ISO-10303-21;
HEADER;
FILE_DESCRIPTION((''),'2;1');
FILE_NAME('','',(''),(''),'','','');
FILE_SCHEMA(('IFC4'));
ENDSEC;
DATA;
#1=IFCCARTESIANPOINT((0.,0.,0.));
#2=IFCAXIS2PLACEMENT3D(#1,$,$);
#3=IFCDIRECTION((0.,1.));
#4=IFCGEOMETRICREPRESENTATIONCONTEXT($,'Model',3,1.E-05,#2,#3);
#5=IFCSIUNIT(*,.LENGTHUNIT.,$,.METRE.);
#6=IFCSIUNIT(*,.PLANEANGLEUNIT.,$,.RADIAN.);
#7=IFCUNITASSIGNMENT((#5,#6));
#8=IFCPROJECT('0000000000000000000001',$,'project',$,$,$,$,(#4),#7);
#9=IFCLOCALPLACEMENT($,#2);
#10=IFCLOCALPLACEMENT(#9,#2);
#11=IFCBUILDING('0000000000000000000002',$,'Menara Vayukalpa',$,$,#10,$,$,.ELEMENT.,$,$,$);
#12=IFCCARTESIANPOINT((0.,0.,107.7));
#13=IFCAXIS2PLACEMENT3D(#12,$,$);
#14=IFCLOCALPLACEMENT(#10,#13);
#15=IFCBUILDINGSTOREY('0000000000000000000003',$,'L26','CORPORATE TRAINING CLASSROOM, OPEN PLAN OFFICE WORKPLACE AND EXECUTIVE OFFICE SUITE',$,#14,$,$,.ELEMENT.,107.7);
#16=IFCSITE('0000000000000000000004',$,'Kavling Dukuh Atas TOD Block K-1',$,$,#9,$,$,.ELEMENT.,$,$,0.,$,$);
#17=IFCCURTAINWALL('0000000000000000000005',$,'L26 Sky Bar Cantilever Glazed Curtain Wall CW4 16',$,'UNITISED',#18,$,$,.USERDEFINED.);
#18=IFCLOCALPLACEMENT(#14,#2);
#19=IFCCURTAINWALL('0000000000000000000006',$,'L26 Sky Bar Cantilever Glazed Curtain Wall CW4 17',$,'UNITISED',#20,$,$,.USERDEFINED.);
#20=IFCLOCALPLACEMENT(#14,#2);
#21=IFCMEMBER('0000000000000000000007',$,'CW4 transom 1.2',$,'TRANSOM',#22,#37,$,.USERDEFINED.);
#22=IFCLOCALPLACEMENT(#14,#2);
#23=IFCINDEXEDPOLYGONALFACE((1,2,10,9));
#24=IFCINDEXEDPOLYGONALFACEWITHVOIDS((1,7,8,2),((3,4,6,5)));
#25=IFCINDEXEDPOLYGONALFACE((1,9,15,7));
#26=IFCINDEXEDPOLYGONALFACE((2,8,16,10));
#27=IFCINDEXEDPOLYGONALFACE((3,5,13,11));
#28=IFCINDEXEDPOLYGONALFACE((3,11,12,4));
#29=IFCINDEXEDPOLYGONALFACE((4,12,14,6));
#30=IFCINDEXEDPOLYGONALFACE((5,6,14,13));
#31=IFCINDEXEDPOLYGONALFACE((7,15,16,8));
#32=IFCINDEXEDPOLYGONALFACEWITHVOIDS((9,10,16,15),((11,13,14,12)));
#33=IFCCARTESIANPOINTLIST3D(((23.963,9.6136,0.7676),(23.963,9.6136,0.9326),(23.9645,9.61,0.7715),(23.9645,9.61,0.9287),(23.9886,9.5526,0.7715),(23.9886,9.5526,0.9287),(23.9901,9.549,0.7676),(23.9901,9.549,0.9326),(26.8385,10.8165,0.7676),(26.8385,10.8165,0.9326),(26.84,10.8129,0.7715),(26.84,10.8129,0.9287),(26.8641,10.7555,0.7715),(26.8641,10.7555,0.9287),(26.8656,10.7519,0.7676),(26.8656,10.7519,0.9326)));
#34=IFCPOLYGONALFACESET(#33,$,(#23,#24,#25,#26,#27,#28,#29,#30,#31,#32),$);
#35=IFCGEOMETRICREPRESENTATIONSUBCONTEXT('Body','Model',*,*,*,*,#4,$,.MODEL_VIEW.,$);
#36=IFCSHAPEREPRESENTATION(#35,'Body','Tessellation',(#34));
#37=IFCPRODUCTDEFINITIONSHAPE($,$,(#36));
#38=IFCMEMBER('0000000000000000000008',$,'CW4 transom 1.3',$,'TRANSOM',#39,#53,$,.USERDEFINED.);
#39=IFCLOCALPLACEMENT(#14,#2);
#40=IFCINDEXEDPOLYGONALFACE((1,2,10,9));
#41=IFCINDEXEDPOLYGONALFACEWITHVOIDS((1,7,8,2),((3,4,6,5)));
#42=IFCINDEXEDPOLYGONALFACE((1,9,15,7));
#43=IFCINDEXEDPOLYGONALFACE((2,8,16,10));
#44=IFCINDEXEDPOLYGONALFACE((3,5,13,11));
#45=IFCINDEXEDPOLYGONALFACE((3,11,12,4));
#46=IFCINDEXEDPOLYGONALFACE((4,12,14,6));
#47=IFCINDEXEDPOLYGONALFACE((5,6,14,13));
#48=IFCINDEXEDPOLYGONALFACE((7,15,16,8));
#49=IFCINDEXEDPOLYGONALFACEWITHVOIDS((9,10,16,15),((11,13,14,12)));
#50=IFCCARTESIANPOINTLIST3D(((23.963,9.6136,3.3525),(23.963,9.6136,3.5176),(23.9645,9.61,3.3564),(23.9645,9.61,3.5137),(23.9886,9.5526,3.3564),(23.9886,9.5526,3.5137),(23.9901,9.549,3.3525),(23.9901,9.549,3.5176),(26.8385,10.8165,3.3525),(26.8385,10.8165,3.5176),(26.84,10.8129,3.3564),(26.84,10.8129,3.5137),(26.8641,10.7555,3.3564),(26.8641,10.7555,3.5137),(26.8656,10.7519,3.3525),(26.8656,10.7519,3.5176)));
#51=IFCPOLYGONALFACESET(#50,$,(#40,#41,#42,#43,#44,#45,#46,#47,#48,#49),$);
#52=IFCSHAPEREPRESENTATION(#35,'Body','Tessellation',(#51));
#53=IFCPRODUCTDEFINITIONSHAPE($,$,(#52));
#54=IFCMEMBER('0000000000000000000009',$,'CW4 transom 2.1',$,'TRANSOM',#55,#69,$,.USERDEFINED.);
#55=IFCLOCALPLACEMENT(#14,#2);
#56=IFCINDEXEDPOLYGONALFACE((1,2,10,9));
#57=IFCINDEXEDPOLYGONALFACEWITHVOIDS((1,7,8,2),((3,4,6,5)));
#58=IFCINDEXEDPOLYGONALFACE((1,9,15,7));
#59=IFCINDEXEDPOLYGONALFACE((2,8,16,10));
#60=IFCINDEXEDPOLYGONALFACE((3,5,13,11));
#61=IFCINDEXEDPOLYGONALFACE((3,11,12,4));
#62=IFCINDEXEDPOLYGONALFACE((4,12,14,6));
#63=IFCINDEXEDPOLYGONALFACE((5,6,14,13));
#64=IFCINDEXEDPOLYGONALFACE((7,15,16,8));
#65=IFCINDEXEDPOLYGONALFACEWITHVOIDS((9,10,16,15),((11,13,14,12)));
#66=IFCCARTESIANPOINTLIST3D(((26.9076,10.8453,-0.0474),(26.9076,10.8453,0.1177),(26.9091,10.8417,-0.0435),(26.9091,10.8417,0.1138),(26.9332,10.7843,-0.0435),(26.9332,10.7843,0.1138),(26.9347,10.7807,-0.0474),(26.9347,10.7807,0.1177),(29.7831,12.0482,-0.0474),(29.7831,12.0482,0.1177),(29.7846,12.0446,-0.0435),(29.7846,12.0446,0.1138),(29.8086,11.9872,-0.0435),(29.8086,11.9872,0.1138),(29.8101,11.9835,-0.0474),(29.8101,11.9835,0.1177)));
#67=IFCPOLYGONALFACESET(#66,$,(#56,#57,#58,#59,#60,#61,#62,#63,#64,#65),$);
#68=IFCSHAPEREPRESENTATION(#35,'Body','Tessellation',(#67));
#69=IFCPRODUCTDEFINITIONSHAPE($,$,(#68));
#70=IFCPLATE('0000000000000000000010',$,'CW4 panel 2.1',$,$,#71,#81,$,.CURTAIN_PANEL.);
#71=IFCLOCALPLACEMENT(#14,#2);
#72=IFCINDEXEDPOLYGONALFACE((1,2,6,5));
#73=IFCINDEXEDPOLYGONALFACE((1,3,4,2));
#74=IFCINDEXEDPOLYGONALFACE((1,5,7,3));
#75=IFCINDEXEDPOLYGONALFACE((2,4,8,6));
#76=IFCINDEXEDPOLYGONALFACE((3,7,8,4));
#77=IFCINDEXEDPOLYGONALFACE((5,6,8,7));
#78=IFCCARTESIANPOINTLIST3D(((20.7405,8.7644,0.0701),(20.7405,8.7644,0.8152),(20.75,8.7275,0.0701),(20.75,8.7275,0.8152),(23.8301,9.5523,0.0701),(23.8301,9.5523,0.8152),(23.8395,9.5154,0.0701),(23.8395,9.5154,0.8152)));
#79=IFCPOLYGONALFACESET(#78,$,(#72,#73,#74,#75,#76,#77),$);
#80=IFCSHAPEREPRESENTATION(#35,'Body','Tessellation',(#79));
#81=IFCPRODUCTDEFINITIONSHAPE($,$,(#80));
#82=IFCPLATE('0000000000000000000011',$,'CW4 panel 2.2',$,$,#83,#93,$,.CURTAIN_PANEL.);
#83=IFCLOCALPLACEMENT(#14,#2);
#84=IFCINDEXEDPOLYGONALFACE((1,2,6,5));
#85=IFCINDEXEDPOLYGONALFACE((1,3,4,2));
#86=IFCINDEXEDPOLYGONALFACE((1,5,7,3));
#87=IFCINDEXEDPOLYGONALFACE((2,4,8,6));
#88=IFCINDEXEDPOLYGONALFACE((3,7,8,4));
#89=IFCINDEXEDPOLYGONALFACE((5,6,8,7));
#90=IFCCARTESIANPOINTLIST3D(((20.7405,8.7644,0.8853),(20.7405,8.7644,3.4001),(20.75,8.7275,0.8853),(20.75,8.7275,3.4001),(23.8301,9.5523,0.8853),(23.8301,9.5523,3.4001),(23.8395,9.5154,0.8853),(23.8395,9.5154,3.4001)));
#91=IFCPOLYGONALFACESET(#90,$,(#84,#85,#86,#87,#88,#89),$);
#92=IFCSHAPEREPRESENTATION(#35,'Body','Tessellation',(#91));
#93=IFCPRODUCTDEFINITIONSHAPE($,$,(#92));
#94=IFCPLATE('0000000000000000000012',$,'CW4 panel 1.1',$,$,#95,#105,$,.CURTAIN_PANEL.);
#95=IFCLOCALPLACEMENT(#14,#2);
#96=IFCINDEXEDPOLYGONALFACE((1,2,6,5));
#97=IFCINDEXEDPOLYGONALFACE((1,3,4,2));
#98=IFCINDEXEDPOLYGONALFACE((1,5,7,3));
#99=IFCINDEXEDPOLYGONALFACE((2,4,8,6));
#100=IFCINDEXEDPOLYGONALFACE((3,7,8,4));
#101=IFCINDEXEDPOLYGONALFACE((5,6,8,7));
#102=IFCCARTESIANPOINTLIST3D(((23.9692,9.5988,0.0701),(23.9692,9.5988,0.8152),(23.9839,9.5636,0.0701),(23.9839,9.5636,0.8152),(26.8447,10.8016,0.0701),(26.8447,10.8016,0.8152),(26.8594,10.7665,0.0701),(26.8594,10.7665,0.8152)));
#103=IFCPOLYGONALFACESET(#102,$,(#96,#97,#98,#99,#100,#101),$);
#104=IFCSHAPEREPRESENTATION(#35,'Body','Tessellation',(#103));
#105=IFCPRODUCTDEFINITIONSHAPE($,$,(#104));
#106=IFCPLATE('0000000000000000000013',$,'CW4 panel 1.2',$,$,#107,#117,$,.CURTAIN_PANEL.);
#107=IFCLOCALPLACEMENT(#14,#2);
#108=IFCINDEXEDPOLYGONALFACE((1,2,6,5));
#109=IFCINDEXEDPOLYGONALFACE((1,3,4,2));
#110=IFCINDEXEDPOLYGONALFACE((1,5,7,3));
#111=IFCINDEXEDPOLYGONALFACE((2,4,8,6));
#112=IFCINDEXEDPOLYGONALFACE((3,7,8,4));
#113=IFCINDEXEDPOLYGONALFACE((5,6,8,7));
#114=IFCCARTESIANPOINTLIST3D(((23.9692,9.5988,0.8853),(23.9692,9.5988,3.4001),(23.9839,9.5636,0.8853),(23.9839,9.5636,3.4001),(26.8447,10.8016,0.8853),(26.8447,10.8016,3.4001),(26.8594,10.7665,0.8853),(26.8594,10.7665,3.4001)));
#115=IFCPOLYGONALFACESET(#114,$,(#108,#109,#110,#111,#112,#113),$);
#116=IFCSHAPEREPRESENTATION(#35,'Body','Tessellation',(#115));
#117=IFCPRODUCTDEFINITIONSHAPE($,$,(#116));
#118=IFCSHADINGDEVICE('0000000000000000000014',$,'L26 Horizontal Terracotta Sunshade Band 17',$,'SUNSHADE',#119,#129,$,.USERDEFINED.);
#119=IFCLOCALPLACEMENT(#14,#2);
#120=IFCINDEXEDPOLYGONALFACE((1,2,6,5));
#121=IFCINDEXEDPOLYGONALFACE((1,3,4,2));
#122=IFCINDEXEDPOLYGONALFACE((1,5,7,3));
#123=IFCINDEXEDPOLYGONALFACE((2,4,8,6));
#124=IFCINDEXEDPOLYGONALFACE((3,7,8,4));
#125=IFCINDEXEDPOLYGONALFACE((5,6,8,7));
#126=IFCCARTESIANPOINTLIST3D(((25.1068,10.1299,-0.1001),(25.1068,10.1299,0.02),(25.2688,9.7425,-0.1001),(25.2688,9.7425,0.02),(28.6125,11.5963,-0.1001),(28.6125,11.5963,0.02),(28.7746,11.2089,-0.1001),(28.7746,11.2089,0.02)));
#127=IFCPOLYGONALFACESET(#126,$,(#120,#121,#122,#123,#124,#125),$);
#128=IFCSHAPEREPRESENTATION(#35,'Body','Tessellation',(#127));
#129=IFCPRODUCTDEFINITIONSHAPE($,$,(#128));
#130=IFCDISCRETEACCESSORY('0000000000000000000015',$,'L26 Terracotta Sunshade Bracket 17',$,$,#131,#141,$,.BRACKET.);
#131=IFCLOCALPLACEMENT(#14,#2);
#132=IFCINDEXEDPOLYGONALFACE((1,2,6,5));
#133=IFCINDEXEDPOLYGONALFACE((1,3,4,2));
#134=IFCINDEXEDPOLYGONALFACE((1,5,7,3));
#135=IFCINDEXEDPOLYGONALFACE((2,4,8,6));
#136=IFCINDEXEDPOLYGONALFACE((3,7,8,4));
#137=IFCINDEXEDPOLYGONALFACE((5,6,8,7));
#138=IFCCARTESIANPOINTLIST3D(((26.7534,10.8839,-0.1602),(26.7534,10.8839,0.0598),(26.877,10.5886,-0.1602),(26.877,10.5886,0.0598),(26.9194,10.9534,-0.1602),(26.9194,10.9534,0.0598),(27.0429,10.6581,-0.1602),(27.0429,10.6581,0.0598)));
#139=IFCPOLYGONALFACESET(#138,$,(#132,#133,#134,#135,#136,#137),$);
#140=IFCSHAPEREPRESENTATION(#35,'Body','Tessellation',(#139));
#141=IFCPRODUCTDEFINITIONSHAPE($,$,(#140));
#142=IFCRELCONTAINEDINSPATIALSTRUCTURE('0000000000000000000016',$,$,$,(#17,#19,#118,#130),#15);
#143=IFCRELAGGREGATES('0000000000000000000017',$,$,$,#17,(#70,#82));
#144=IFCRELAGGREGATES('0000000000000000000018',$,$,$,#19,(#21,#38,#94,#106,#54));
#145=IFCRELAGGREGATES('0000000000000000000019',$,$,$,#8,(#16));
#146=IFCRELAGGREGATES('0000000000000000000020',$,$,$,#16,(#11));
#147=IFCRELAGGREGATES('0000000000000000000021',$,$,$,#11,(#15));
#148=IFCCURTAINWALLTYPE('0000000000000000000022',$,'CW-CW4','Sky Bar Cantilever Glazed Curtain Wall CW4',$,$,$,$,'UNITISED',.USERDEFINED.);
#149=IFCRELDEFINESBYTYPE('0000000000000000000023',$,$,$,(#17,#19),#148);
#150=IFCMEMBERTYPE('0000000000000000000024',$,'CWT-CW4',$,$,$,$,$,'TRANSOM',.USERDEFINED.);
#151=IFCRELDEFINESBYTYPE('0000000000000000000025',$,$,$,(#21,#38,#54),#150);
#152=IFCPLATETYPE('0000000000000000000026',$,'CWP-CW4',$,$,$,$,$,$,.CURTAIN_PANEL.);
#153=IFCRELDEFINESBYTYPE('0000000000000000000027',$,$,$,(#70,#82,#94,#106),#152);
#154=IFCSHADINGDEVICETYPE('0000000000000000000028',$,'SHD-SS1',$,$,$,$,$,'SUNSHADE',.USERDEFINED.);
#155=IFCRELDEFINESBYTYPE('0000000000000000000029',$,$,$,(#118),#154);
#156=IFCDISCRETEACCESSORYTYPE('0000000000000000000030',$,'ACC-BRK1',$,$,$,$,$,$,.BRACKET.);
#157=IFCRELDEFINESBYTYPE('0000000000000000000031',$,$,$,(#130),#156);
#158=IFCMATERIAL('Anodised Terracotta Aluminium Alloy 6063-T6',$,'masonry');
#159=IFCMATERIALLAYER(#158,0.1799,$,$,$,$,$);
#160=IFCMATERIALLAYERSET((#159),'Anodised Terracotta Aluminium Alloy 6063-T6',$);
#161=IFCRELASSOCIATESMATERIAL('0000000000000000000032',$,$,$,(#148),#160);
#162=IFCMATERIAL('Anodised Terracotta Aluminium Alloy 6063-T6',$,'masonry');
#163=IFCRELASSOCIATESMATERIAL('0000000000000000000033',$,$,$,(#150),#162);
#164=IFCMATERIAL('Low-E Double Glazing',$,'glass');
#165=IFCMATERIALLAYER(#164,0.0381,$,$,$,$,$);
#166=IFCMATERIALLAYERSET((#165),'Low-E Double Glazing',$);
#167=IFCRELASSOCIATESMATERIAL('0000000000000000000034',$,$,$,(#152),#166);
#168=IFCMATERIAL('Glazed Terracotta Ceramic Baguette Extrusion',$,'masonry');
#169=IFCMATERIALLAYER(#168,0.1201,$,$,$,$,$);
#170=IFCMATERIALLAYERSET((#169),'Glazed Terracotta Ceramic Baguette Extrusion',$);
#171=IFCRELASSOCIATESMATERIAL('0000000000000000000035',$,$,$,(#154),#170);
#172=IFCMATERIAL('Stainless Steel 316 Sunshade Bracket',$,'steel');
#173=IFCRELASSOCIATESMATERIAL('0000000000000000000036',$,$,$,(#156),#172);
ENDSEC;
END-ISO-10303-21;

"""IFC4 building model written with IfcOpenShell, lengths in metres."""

from ifc_helpers import new_model, si_unit, direction, frame, origin, origin_2d, place, context, subcontext, project, spatial, rectangle, hollow_rectangle, extrude, material, layer, layer_set, material_profile, profile_set, type_object, element, aggregate, save


model = new_model("IFC4")

# Units and contexts
model_context = context("Model", 3, precision=1e-05, world=origin(), true_north=direction((0.0, 1.0)))
body_context = subcontext(model_context, "Body", "Model", "MODEL_VIEW")
ifc_project = project(units=[si_unit("LENGTHUNIT", "METRE"), si_unit("PLANEANGLEUNIT", "RADIAN")], contexts=[model_context])

# Site, building, storey
site_placement = place(None, origin())
site = spatial("IfcSite", under=ifc_project, at=site_placement, Name="Kavling Dukuh Atas TOD Block K-1", CompositionType="ELEMENT", RefElevation=0.0)
building_placement = place(site_placement, origin())
building = spatial("IfcBuilding", under=site, at=building_placement, Name="Menara Vayukalpa", CompositionType="ELEMENT")
storey_placement = place(building_placement, frame((0.0, 0.0, 107.7)))
storey = spatial("IfcBuildingStorey", under=building, at=storey_placement, Name="L26", Description="CORPORATE TRAINING CLASSROOM, OPEN PLAN OFFICE WORKPLACE AND EXECUTIVE OFFICE SUITE", CompositionType="ELEMENT", Elevation=107.7)

# Curtain walls
ifc_material_1 = material(Name="Anodised Terracotta Aluminium Alloy 6063-T6", Category="masonry")
ifc_layer_1 = layer(ifc_material_1, 0.1799)
ifc_layer_set_1 = layer_set([ifc_layer_1], Name="Anodised Terracotta Aluminium Alloy 6063-T6")
curtain_wall_type = type_object("IfcCurtainWallType", Name="CW-CW4", Description="Sky Bar Cantilever Glazed Curtain Wall CW4", ElementType="UNITISED", PredefinedType="USERDEFINED", material=ifc_layer_set_1)
curtain_wall_1_placement = place(storey_placement, origin())
curtain_wall_1 = element("IfcCurtainWall", 1, at=curtain_wall_1_placement, inside=storey, type_object=curtain_wall_type, Name="L26 Sky Bar Cantilever Glazed Curtain Wall CW4 16", ObjectType="UNITISED", PredefinedType="USERDEFINED")
curtain_wall_2_placement = place(storey_placement, origin())
curtain_wall_2 = element("IfcCurtainWall", 2, at=curtain_wall_2_placement, inside=storey, type_object=curtain_wall_type, Name="L26 Sky Bar Cantilever Glazed Curtain Wall CW4 17", ObjectType="UNITISED", PredefinedType="USERDEFINED")

# Members
ifc_material_2 = material(Name="Anodised Terracotta Aluminium Alloy 6063-T6", Category="masonry")
ifc_material_profile_1 = material_profile(ifc_material_2, hollow_rectangle(XDim=0.0701, YDim=0.165, WallThickness=0.0039, at=origin_2d()), Name="ALU 70x165x4")
ifc_profile_set_1 = profile_set([ifc_material_profile_1], Name="Anodised Terracotta Aluminium Alloy 6063-T6")
member_type_1 = type_object("IfcMemberType", Name="CWT-CW4", ElementType="TRANSOM", PredefinedType="USERDEFINED", material=ifc_profile_set_1)
member_1_placement = place(storey_placement, frame((23.9766, 9.5813, 0.8501), z_axis=(0.922534, 0.385916, 0.0), x_axis=(-0.385916, 0.922534, 0.0)))
member_1 = element("IfcMember", 3, at=member_1_placement, type_object=member_type_1, Name="CW4 transom 1.2", ObjectType="TRANSOM", PredefinedType="USERDEFINED", context=body_context, shape_type="SweptSolid", body=[
    extrude(hollow_rectangle(XDim=0.0701, YDim=0.165, WallThickness=0.0039, at=origin_2d()), origin(), (0.0, 0.0, 1.0), 3.1169),
])
member_2_placement = place(storey_placement, frame((23.9766, 9.5813, 3.4351), z_axis=(0.922534, 0.385916, 0.0), x_axis=(-0.385916, 0.922534, 0.0)))
member_2 = element("IfcMember", 4, at=member_2_placement, type_object=member_type_1, Name="CW4 transom 1.3", ObjectType="TRANSOM", PredefinedType="USERDEFINED", context=body_context, shape_type="SweptSolid", body=[
    extrude(hollow_rectangle(XDim=0.0701, YDim=0.165, WallThickness=0.0039, at=origin_2d()), origin(), (0.0, 0.0, 1.0), 3.1169),
])
member_3_placement = place(storey_placement, frame((26.9211, 10.813, 0.0352), z_axis=(0.922534, 0.385916, 0.0), x_axis=(-0.385916, 0.922534, 0.0)))
member_3 = element("IfcMember", 5, at=member_3_placement, type_object=member_type_1, Name="CW4 transom 2.1", ObjectType="TRANSOM", PredefinedType="USERDEFINED", context=body_context, shape_type="SweptSolid", body=[
    extrude(hollow_rectangle(XDim=0.0701, YDim=0.165, WallThickness=0.0039, at=origin_2d()), origin(), (0.0, 0.0, 1.0), 3.1169),
])

# Plates
ifc_material_3 = material(Name="Low-E Double Glazing", Category="glass")
ifc_layer_2 = layer(ifc_material_3, 0.0381)
ifc_layer_set_2 = layer_set([ifc_layer_2], Name="Low-E Double Glazing")
plate_type = type_object("IfcPlateType", Name="CWP-CW4", PredefinedType="CURTAIN_PANEL", material=ifc_layer_set_2)
plate_1_placement = place(storey_placement, frame((22.29, 9.1399, 0.0701), z_axis=(0.0, 0.0, 1.0), x_axis=(0.968982, 0.247131, 0.0)))
plate_1 = element("IfcPlate", 6, at=plate_1_placement, type_object=plate_type, Name="CW4 panel 2.1", PredefinedType="CURTAIN_PANEL", context=body_context, shape_type="SweptSolid", body=[
    extrude(rectangle(XDim=3.1885, YDim=0.0381, at=origin_2d()), origin(), (0.0, 0.0, 1.0), 0.7451),
])
plate_2_placement = place(storey_placement, frame((22.29, 9.1399, 0.8853), z_axis=(0.0, 0.0, 1.0), x_axis=(0.968982, 0.247131, 0.0)))
plate_2 = element("IfcPlate", 7, at=plate_2_placement, type_object=plate_type, Name="CW4 panel 2.2", PredefinedType="CURTAIN_PANEL", context=body_context, shape_type="SweptSolid", body=[
    extrude(rectangle(XDim=3.1885, YDim=0.0381, at=origin_2d()), origin(), (0.0, 0.0, 1.0), 2.5149),
])
aggregate(curtain_wall_1, [plate_1, plate_2])
plate_3_placement = place(storey_placement, frame((25.4143, 10.1826, 0.0701), z_axis=(0.0, 0.0, 1.0), x_axis=(0.922543, 0.385894, 0.0)))
plate_3 = element("IfcPlate", 8, at=plate_3_placement, type_object=plate_type, Name="CW4 panel 1.1", PredefinedType="CURTAIN_PANEL", context=body_context, shape_type="SweptSolid", body=[
    extrude(rectangle(XDim=3.1169, YDim=0.0381, at=origin_2d()), origin(), (0.0, 0.0, 1.0), 0.7451),
])
plate_4_placement = place(storey_placement, frame((25.4143, 10.1826, 0.8853), z_axis=(0.0, 0.0, 1.0), x_axis=(0.922543, 0.385894, 0.0)))
plate_4 = element("IfcPlate", 9, at=plate_4_placement, type_object=plate_type, Name="CW4 panel 1.2", PredefinedType="CURTAIN_PANEL", context=body_context, shape_type="SweptSolid", body=[
    extrude(rectangle(XDim=3.1169, YDim=0.0381, at=origin_2d()), origin(), (0.0, 0.0, 1.0), 2.5149),
])
aggregate(curtain_wall_2, [member_1, member_2, plate_3, plate_4, member_3])

# Shading device
ifc_material_4 = material(Name="Glazed Terracotta Ceramic Baguette Extrusion", Category="masonry")
ifc_layer_3 = layer(ifc_material_4, 0.1201)
ifc_layer_set_3 = layer_set([ifc_layer_3], Name="Glazed Terracotta Ceramic Baguette Extrusion")
shading_device_type = type_object("IfcShadingDeviceType", Name="SHD-SS1", ElementType="SUNSHADE", PredefinedType="USERDEFINED", material=ifc_layer_set_3)
shading_device_placement = place(storey_placement, frame((26.9407, 10.6694, -0.1001), z_axis=(0.0, 0.0, 1.0), x_axis=(0.922545, 0.38589, 0.0)))
element("IfcShadingDevice", 10, at=shading_device_placement, inside=storey, type_object=shading_device_type, Name="L26 Horizontal Terracotta Sunshade Band 17", ObjectType="SUNSHADE", PredefinedType="USERDEFINED", context=body_context, shape_type="SweptSolid", body=[
    extrude(rectangle(XDim=3.8, YDim=0.4199, at=origin_2d()), origin(), (0.0, 0.0, 1.0), 0.1201),
])

# Discrete accessory
ifc_material_5 = material(Name="Stainless Steel 316 Sunshade Bracket", Category="steel")
discrete_accessory_type = type_object("IfcDiscreteAccessoryType", Name="ACC-BRK1", PredefinedType="BRACKET", material=ifc_material_5)
discrete_accessory_placement = place(storey_placement, frame((26.8982, 10.771, -0.1602), z_axis=(0.0, 0.0, 1.0), x_axis=(0.922545, 0.38589, 0.0)))
element("IfcDiscreteAccessory", 11, at=discrete_accessory_placement, inside=storey, type_object=discrete_accessory_type, Name="L26 Terracotta Sunshade Bracket 17", PredefinedType="BRACKET", context=body_context, shape_type="SweptSolid", body=[
    extrude(rectangle(XDim=0.1799, YDim=0.3201, at=origin_2d()), origin(), (0.0, 0.0, 1.0), 0.22),
])

save(model, "model.ifc")
